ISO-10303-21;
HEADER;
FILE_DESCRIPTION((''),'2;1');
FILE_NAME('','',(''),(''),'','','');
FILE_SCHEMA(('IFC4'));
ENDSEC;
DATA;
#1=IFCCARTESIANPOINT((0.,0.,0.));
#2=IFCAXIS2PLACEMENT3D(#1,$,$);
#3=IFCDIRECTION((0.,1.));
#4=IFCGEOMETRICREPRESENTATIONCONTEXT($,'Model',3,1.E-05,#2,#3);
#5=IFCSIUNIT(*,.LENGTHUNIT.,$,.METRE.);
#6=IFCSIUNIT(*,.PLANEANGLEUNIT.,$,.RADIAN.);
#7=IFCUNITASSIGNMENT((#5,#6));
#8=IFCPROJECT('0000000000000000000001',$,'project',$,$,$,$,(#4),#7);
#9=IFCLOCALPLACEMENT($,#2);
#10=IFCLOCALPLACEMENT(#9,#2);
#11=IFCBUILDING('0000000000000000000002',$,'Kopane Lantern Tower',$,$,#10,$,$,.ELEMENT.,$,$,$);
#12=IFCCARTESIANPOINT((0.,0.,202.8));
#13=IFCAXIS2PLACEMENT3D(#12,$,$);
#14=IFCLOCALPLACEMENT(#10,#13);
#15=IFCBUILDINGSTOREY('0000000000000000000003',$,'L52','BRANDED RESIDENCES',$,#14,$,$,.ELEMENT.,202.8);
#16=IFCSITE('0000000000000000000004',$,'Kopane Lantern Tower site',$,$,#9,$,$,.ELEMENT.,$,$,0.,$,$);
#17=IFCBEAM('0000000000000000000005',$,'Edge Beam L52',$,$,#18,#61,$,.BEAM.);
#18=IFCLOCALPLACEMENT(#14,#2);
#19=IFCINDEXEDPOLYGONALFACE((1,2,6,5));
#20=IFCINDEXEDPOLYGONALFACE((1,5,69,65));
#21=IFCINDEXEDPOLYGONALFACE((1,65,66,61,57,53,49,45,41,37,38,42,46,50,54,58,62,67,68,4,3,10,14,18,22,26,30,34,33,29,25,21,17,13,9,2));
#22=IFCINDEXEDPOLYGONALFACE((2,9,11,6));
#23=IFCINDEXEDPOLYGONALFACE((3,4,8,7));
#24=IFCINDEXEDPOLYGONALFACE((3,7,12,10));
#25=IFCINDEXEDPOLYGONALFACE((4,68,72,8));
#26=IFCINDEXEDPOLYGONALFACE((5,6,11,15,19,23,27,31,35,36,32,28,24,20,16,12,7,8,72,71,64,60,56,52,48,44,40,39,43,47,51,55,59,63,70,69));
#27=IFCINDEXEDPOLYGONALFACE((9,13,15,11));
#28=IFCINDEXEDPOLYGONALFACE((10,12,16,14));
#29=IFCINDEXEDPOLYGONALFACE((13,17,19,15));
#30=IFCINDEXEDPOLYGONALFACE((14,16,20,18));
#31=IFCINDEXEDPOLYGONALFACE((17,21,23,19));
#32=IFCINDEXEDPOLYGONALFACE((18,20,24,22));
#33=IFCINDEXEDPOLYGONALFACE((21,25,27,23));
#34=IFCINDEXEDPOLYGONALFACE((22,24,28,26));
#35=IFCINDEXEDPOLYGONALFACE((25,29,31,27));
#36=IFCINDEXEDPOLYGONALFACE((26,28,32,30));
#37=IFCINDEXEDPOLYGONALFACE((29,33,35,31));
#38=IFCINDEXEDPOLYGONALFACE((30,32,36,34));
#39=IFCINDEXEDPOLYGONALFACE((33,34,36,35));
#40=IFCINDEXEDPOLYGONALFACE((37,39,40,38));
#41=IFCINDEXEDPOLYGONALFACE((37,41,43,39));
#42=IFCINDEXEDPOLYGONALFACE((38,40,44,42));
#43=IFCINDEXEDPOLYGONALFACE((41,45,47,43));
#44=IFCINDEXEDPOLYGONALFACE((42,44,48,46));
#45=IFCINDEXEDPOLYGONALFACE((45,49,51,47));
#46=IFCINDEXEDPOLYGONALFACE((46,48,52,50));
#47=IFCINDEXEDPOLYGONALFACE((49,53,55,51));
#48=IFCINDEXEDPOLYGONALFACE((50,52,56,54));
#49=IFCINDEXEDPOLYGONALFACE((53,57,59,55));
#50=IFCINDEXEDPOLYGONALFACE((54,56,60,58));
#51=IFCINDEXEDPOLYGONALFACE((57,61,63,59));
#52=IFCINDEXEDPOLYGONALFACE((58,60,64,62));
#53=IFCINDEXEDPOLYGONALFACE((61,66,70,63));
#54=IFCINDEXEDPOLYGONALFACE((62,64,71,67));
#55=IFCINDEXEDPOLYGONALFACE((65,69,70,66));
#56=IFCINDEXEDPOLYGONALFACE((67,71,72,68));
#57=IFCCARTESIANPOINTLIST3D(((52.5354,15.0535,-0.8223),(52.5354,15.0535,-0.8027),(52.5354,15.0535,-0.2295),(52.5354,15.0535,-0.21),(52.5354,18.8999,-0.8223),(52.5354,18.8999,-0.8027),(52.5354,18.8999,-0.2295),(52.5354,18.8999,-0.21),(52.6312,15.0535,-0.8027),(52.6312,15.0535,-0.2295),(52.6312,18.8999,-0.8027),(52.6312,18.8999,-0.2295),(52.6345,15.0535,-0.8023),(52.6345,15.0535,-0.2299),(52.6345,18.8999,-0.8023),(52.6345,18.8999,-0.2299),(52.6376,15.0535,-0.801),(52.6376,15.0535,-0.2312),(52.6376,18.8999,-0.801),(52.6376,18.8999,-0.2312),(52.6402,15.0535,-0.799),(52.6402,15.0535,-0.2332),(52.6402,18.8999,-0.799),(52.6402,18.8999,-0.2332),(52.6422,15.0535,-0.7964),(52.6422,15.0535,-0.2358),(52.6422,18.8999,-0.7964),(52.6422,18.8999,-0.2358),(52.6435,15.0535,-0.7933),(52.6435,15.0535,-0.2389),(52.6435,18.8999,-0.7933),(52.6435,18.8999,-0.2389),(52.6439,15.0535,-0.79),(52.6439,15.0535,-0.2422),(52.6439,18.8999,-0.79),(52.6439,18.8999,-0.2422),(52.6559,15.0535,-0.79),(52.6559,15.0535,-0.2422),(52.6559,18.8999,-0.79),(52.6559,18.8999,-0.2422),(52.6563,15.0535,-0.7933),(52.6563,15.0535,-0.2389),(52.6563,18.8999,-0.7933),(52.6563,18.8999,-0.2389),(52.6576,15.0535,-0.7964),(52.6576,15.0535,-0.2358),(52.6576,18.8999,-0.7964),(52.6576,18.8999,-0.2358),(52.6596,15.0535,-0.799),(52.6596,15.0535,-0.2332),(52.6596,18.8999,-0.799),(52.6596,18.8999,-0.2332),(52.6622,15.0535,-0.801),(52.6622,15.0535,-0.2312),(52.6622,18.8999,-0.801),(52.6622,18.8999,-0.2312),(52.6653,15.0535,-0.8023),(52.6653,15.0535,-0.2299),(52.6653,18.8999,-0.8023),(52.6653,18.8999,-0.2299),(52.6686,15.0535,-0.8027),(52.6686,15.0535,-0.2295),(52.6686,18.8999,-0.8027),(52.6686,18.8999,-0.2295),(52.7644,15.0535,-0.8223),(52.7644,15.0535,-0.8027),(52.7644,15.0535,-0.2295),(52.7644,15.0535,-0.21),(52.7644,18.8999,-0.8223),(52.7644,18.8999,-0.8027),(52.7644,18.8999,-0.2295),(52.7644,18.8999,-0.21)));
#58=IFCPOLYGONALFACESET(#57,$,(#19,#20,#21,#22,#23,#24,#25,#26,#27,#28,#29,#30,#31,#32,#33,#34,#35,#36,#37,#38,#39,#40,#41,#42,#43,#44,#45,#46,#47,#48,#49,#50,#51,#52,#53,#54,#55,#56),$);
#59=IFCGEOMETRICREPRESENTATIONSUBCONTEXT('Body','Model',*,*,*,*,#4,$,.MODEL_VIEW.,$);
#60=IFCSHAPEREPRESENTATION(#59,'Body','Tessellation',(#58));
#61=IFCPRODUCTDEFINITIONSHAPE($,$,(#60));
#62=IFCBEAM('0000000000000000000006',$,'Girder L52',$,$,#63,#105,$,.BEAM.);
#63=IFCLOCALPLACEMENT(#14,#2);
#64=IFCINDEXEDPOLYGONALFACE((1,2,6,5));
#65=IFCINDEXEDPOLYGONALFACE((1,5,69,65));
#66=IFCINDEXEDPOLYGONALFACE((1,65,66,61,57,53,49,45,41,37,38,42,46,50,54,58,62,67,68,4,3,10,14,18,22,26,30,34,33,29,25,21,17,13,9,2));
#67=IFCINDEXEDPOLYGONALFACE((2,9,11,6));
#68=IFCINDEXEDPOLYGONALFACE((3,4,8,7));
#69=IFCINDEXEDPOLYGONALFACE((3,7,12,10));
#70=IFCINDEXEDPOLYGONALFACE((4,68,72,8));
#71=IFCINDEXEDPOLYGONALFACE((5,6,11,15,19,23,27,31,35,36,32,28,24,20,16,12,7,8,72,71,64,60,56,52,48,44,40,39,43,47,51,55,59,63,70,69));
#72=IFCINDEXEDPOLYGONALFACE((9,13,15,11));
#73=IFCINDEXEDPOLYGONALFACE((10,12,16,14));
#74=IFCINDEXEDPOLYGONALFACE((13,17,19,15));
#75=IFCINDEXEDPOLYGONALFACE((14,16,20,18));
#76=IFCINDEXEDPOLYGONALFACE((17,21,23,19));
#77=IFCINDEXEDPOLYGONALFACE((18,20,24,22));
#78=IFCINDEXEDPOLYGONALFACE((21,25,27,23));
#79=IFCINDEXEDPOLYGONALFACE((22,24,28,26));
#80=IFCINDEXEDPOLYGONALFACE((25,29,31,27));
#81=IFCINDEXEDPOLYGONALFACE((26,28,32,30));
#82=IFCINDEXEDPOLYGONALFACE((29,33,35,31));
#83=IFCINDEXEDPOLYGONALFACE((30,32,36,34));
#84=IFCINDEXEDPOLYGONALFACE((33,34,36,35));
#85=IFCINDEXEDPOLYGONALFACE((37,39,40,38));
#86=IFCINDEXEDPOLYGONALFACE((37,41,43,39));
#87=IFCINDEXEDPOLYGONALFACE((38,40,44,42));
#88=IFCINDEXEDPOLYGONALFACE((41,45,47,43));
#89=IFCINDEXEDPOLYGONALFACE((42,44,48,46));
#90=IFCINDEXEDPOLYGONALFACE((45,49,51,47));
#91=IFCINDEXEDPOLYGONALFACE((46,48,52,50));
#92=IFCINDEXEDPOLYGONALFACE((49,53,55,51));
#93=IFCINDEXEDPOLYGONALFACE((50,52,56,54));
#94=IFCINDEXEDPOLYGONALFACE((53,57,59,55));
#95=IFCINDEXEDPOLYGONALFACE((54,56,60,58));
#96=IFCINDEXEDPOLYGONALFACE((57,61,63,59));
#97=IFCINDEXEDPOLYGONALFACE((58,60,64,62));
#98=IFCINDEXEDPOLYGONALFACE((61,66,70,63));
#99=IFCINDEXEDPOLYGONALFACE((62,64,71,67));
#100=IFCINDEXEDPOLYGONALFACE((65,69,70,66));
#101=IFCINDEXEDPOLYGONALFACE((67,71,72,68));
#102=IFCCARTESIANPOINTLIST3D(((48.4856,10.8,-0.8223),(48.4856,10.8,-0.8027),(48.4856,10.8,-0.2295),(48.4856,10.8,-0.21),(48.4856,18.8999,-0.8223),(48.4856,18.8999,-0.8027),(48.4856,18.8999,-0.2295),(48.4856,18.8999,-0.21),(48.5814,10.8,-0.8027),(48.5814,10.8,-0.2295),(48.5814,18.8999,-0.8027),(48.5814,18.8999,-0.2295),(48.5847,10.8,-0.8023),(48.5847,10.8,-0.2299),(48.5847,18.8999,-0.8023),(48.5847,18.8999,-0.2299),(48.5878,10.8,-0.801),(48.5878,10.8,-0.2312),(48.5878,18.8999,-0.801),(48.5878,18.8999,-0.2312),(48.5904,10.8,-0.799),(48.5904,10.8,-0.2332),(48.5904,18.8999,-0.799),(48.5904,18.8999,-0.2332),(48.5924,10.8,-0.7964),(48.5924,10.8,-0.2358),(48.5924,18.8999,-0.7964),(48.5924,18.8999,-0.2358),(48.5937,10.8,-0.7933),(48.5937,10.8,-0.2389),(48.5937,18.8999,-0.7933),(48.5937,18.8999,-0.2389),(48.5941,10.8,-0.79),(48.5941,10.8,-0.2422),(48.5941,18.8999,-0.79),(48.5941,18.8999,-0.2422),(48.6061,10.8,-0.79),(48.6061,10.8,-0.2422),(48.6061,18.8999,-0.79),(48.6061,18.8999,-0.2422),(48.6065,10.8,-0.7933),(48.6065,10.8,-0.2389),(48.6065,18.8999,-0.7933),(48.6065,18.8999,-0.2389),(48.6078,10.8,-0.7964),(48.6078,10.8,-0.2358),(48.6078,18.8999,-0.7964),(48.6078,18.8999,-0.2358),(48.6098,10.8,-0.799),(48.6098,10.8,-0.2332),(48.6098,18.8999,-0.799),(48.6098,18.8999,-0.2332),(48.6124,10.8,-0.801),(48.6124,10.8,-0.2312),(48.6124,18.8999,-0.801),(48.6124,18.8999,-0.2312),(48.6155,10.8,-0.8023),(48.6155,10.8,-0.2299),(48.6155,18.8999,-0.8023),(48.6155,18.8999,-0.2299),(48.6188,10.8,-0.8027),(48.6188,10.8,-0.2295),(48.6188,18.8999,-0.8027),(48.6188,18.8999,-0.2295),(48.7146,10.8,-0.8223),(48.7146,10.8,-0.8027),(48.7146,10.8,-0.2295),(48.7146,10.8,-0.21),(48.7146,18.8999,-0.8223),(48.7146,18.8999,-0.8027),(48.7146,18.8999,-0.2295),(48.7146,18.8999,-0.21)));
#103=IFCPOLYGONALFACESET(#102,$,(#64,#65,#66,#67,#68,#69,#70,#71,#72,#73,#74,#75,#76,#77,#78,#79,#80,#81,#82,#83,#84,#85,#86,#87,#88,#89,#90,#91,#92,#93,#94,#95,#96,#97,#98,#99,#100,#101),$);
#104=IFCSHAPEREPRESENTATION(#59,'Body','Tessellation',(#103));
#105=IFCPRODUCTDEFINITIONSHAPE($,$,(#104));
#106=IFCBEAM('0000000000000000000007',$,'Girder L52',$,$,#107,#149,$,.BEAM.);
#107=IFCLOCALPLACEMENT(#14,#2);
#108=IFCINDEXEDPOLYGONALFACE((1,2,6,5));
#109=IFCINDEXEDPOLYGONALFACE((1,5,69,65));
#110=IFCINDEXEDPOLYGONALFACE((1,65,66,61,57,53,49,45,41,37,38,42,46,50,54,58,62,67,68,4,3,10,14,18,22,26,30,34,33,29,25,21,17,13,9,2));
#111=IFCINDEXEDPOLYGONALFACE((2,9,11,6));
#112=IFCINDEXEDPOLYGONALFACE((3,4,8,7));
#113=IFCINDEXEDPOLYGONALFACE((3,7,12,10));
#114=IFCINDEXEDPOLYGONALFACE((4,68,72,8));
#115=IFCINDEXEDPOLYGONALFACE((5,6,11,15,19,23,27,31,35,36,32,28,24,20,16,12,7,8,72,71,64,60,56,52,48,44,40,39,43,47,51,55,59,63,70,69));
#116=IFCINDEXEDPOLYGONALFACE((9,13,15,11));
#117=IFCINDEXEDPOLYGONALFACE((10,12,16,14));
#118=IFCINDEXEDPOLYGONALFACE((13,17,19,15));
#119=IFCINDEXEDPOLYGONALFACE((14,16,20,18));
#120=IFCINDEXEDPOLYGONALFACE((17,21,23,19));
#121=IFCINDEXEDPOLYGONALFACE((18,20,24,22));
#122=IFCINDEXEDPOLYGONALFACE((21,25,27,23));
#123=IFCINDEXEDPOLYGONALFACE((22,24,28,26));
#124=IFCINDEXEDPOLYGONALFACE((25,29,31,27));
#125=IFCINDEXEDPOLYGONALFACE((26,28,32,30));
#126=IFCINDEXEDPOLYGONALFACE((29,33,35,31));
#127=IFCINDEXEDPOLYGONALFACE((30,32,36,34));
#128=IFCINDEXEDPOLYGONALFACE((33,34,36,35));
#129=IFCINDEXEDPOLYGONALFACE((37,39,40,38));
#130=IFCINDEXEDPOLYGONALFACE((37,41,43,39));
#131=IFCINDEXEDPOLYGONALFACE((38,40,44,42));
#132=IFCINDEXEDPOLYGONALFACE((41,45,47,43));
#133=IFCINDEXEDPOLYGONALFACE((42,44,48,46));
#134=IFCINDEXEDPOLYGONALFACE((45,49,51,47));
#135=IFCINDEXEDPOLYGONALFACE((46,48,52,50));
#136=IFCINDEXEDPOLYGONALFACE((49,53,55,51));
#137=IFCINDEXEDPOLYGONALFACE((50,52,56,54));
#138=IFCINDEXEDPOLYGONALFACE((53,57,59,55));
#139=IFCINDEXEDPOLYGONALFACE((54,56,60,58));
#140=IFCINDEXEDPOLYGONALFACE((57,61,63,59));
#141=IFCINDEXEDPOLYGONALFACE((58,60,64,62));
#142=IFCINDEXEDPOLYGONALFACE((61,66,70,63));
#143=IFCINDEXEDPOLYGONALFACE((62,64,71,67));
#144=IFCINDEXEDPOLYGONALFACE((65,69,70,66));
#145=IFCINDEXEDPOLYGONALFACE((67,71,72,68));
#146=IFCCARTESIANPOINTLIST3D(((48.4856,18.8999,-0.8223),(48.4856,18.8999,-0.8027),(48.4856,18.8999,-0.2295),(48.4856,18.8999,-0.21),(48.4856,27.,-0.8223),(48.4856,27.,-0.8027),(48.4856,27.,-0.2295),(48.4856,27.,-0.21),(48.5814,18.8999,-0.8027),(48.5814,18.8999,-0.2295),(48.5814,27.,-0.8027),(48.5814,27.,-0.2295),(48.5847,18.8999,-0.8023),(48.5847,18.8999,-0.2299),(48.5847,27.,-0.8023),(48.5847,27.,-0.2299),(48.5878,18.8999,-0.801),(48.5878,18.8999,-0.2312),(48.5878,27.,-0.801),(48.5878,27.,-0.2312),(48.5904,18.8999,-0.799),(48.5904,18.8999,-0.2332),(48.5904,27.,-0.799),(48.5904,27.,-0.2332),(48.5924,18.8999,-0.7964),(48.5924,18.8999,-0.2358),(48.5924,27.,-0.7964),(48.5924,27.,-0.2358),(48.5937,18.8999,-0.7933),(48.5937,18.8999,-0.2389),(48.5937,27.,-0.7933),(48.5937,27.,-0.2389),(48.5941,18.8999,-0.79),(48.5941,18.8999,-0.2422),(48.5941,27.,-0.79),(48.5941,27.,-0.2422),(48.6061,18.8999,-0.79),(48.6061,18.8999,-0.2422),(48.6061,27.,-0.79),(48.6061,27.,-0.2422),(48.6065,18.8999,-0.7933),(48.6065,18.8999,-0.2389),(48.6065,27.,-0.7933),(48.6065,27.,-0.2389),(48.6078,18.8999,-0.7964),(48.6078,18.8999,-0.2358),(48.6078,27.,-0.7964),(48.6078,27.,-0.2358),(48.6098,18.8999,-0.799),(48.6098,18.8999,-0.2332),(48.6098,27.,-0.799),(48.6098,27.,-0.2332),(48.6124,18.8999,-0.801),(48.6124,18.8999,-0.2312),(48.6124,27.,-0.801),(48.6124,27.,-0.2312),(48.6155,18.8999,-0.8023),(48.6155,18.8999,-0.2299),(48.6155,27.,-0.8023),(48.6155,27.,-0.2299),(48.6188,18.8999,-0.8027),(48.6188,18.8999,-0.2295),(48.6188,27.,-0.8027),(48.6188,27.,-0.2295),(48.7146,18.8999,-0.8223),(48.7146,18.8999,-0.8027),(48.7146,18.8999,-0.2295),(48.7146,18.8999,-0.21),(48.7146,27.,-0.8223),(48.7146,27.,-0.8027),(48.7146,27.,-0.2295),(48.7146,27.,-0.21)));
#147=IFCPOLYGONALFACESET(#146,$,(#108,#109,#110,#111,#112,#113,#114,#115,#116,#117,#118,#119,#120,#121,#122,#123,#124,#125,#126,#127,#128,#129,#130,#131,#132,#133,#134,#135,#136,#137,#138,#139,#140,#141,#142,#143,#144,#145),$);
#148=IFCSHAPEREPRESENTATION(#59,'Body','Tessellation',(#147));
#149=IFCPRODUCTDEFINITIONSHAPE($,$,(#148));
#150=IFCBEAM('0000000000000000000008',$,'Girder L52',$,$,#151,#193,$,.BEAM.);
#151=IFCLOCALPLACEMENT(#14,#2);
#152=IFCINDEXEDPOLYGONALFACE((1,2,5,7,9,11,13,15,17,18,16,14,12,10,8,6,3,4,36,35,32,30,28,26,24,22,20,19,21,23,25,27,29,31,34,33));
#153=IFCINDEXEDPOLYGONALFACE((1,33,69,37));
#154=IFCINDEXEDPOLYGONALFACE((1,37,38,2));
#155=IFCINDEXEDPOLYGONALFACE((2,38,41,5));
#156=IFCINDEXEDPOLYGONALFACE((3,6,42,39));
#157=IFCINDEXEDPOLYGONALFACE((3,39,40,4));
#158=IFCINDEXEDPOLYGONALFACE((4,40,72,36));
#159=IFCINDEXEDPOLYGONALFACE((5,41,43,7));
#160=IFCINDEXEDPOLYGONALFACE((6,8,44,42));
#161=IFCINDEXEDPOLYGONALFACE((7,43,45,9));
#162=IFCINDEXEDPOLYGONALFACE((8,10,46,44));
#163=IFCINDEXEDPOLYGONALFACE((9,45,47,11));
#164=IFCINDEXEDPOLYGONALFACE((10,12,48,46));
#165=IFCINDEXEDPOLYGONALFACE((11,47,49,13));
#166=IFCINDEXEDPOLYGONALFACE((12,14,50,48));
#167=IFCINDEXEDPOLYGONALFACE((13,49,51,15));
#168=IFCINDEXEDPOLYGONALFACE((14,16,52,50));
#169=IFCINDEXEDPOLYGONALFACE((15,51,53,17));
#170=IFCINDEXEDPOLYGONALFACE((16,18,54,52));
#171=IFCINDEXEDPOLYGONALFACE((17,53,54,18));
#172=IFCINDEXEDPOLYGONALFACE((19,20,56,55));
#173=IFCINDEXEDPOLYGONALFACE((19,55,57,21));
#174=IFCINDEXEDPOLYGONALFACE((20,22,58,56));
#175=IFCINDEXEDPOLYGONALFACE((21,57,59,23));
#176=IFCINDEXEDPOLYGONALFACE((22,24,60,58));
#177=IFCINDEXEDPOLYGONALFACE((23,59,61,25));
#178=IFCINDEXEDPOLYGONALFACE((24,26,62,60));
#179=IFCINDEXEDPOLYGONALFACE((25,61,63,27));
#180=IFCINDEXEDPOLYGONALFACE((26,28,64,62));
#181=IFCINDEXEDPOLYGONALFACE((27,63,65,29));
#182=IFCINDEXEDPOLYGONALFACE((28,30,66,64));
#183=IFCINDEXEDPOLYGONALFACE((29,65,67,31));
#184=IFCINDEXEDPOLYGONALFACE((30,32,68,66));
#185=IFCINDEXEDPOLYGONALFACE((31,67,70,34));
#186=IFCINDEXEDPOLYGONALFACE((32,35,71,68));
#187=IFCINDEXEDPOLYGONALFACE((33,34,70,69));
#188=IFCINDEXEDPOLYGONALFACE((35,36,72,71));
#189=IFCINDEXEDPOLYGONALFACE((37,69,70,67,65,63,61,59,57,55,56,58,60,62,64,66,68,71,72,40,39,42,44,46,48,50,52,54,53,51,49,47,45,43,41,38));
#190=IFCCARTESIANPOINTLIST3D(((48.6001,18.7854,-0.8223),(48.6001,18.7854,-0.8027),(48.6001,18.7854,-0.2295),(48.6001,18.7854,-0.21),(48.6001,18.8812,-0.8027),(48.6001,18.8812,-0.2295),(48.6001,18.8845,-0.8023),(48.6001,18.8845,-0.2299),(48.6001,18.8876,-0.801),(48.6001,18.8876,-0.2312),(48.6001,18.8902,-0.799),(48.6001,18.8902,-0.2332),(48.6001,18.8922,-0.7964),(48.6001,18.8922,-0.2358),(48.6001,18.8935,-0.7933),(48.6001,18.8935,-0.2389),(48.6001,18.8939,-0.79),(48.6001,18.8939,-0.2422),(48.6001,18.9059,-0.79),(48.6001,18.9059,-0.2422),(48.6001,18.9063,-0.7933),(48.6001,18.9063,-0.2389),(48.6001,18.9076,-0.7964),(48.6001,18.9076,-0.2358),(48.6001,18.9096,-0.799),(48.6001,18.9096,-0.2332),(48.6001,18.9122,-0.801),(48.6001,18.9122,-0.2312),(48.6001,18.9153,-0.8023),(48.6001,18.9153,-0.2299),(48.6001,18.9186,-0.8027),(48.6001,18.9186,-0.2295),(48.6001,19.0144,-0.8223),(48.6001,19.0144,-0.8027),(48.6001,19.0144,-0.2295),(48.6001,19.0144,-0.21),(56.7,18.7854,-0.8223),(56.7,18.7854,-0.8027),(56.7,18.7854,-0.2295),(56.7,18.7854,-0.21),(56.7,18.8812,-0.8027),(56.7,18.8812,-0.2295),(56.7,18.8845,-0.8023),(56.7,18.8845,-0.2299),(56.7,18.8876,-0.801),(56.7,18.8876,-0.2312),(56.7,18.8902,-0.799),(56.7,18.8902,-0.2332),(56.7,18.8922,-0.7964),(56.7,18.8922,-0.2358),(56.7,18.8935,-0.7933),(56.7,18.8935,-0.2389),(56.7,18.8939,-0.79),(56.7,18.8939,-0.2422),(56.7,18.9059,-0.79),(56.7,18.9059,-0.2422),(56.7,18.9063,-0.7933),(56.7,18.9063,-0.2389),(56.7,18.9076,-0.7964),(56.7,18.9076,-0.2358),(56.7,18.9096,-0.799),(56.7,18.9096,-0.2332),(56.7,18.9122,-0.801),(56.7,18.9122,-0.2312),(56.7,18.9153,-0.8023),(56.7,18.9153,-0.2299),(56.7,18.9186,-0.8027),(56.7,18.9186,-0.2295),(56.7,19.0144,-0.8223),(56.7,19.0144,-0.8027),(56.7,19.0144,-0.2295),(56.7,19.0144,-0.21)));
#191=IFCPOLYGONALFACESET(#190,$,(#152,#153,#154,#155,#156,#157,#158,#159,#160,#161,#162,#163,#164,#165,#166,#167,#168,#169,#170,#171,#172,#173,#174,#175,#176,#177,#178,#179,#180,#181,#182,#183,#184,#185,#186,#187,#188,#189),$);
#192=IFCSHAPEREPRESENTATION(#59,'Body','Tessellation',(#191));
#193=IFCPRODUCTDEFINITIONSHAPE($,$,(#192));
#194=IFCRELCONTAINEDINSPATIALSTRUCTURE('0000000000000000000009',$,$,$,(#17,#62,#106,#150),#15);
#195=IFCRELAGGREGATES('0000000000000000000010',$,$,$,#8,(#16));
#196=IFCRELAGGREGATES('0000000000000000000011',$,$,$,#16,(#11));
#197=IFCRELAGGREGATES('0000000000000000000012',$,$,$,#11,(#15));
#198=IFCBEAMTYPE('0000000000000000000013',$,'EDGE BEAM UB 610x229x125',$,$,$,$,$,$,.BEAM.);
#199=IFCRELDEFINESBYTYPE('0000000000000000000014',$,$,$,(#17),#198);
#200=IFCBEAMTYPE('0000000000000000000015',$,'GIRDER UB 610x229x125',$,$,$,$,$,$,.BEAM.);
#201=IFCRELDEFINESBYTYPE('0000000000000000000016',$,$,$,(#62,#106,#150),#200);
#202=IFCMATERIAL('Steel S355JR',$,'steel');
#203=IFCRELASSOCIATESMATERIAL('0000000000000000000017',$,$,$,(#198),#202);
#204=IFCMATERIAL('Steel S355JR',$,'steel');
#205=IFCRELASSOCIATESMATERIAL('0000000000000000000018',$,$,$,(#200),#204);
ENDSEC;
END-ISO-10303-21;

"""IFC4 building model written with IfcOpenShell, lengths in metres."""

from ifc_helpers import new_model, si_unit, direction, frame, origin, origin_2d, place, context, subcontext, project, spatial, i_section, extrude, material, material_profile, profile_set, type_object, element, save


model = new_model("IFC4")

# Units and contexts
model_context = context("Model", 3, precision=1e-05, world=origin(), true_north=direction((0.0, 1.0)))
body_context = subcontext(model_context, "Body", "Model", "MODEL_VIEW")
ifc_project = project(units=[si_unit("LENGTHUNIT", "METRE"), si_unit("PLANEANGLEUNIT", "RADIAN")], contexts=[model_context])

# Site, building, storey
site_placement = place(None, origin())
site = spatial("IfcSite", under=ifc_project, at=site_placement, Name="Kopane Lantern Tower site", CompositionType="ELEMENT", RefElevation=0.0)
building_placement = place(site_placement, origin())
building = spatial("IfcBuilding", under=site, at=building_placement, Name="Kopane Lantern Tower", CompositionType="ELEMENT")
storey_placement = place(building_placement, frame((0.0, 0.0, 202.8)))
storey = spatial("IfcBuildingStorey", under=building, at=storey_placement, Name="L52", Description="BRANDED RESIDENCES", CompositionType="ELEMENT", Elevation=202.8)

# Beams
ifc_material_1 = material(Name="Steel S355JR", Category="steel")
ifc_material_profile_1 = material_profile(ifc_material_1, i_section(OverallWidth=0.229, OverallDepth=0.6123, WebThickness=0.012, FlangeThickness=0.0195, FilletRadius=0.0127, at=origin_2d()), Name="UB 610x229x125")
ifc_profile_set_1 = profile_set([ifc_material_profile_1], Name="Steel S355JR")
beam_type_1 = type_object("IfcBeamType", Name="EDGE BEAM UB 610x229x125", PredefinedType="BEAM", material=ifc_profile_set_1)
for number, where, z_axis, x_axis, name in (
    (1, (52.6499, 15.0535, -0.5161), (0.0, 1.0, 0.0), (-1.0, 0.0, 0.0), "Edge Beam L52"),
):
    element("IfcBeam", number, at=place(storey_placement, frame(where, z_axis=z_axis, x_axis=x_axis)), inside=storey, type_object=beam_type_1, Name=name, PredefinedType="BEAM", context=body_context, shape_type="SweptSolid", body=[
        extrude(i_section(OverallWidth=0.229, OverallDepth=0.6123, WebThickness=0.012, FlangeThickness=0.0195, FilletRadius=0.0127, at=origin_2d()), origin(), (0.0, 0.0, 1.0), 3.8464),
    ])
ifc_material_2 = material(Name="Steel S355JR", Category="steel")
ifc_material_profile_2 = material_profile(ifc_material_2, i_section(OverallWidth=0.229, OverallDepth=0.6123, WebThickness=0.012, FlangeThickness=0.0195, FilletRadius=0.0127, at=origin_2d()), Name="UB 610x229x125")
ifc_profile_set_2 = profile_set([ifc_material_profile_2], Name="Steel S355JR")
beam_type_2 = type_object("IfcBeamType", Name="GIRDER UB 610x229x125", PredefinedType="BEAM", material=ifc_profile_set_2)
beam_1_placement = place(storey_placement, frame((48.6001, 10.8, -0.5161), z_axis=(0.0, 1.0, 0.0), x_axis=(-1.0, 0.0, 0.0)))
element("IfcBeam", 2, at=beam_1_placement, inside=storey, type_object=beam_type_2, Name="Girder L52", PredefinedType="BEAM", context=body_context, shape_type="SweptSolid", body=[
    extrude(i_section(OverallWidth=0.229, OverallDepth=0.6123, WebThickness=0.012, FlangeThickness=0.0195, FilletRadius=0.0127, at=origin_2d()), origin(), (0.0, 0.0, 1.0), 8.0999),
])
beam_2_placement = place(storey_placement, frame((48.6001, 18.8999, -0.5161), z_axis=(0.0, 1.0, 0.0), x_axis=(-1.0, 0.0, 0.0)))
element("IfcBeam", 3, at=beam_2_placement, inside=storey, type_object=beam_type_2, Name="Girder L52", PredefinedType="BEAM", context=body_context, shape_type="SweptSolid", body=[
    extrude(i_section(OverallWidth=0.229, OverallDepth=0.6123, WebThickness=0.012, FlangeThickness=0.0195, FilletRadius=0.0127, at=origin_2d()), origin(), (0.0, 0.0, 1.0), 8.1001),
])
beam_3_placement = place(storey_placement, frame((48.6001, 18.8999, -0.5161), z_axis=(1.0, 0.0, 0.0), x_axis=(0.0, 1.0, 0.0)))
element("IfcBeam", 4, at=beam_3_placement, inside=storey, type_object=beam_type_2, Name="Girder L52", PredefinedType="BEAM", context=body_context, shape_type="SweptSolid", body=[
    extrude(i_section(OverallWidth=0.229, OverallDepth=0.6123, WebThickness=0.012, FlangeThickness=0.0195, FilletRadius=0.0127, at=origin_2d()), origin(), (0.0, 0.0, 1.0), 8.0999),
])

save(model, "model.ifc")
